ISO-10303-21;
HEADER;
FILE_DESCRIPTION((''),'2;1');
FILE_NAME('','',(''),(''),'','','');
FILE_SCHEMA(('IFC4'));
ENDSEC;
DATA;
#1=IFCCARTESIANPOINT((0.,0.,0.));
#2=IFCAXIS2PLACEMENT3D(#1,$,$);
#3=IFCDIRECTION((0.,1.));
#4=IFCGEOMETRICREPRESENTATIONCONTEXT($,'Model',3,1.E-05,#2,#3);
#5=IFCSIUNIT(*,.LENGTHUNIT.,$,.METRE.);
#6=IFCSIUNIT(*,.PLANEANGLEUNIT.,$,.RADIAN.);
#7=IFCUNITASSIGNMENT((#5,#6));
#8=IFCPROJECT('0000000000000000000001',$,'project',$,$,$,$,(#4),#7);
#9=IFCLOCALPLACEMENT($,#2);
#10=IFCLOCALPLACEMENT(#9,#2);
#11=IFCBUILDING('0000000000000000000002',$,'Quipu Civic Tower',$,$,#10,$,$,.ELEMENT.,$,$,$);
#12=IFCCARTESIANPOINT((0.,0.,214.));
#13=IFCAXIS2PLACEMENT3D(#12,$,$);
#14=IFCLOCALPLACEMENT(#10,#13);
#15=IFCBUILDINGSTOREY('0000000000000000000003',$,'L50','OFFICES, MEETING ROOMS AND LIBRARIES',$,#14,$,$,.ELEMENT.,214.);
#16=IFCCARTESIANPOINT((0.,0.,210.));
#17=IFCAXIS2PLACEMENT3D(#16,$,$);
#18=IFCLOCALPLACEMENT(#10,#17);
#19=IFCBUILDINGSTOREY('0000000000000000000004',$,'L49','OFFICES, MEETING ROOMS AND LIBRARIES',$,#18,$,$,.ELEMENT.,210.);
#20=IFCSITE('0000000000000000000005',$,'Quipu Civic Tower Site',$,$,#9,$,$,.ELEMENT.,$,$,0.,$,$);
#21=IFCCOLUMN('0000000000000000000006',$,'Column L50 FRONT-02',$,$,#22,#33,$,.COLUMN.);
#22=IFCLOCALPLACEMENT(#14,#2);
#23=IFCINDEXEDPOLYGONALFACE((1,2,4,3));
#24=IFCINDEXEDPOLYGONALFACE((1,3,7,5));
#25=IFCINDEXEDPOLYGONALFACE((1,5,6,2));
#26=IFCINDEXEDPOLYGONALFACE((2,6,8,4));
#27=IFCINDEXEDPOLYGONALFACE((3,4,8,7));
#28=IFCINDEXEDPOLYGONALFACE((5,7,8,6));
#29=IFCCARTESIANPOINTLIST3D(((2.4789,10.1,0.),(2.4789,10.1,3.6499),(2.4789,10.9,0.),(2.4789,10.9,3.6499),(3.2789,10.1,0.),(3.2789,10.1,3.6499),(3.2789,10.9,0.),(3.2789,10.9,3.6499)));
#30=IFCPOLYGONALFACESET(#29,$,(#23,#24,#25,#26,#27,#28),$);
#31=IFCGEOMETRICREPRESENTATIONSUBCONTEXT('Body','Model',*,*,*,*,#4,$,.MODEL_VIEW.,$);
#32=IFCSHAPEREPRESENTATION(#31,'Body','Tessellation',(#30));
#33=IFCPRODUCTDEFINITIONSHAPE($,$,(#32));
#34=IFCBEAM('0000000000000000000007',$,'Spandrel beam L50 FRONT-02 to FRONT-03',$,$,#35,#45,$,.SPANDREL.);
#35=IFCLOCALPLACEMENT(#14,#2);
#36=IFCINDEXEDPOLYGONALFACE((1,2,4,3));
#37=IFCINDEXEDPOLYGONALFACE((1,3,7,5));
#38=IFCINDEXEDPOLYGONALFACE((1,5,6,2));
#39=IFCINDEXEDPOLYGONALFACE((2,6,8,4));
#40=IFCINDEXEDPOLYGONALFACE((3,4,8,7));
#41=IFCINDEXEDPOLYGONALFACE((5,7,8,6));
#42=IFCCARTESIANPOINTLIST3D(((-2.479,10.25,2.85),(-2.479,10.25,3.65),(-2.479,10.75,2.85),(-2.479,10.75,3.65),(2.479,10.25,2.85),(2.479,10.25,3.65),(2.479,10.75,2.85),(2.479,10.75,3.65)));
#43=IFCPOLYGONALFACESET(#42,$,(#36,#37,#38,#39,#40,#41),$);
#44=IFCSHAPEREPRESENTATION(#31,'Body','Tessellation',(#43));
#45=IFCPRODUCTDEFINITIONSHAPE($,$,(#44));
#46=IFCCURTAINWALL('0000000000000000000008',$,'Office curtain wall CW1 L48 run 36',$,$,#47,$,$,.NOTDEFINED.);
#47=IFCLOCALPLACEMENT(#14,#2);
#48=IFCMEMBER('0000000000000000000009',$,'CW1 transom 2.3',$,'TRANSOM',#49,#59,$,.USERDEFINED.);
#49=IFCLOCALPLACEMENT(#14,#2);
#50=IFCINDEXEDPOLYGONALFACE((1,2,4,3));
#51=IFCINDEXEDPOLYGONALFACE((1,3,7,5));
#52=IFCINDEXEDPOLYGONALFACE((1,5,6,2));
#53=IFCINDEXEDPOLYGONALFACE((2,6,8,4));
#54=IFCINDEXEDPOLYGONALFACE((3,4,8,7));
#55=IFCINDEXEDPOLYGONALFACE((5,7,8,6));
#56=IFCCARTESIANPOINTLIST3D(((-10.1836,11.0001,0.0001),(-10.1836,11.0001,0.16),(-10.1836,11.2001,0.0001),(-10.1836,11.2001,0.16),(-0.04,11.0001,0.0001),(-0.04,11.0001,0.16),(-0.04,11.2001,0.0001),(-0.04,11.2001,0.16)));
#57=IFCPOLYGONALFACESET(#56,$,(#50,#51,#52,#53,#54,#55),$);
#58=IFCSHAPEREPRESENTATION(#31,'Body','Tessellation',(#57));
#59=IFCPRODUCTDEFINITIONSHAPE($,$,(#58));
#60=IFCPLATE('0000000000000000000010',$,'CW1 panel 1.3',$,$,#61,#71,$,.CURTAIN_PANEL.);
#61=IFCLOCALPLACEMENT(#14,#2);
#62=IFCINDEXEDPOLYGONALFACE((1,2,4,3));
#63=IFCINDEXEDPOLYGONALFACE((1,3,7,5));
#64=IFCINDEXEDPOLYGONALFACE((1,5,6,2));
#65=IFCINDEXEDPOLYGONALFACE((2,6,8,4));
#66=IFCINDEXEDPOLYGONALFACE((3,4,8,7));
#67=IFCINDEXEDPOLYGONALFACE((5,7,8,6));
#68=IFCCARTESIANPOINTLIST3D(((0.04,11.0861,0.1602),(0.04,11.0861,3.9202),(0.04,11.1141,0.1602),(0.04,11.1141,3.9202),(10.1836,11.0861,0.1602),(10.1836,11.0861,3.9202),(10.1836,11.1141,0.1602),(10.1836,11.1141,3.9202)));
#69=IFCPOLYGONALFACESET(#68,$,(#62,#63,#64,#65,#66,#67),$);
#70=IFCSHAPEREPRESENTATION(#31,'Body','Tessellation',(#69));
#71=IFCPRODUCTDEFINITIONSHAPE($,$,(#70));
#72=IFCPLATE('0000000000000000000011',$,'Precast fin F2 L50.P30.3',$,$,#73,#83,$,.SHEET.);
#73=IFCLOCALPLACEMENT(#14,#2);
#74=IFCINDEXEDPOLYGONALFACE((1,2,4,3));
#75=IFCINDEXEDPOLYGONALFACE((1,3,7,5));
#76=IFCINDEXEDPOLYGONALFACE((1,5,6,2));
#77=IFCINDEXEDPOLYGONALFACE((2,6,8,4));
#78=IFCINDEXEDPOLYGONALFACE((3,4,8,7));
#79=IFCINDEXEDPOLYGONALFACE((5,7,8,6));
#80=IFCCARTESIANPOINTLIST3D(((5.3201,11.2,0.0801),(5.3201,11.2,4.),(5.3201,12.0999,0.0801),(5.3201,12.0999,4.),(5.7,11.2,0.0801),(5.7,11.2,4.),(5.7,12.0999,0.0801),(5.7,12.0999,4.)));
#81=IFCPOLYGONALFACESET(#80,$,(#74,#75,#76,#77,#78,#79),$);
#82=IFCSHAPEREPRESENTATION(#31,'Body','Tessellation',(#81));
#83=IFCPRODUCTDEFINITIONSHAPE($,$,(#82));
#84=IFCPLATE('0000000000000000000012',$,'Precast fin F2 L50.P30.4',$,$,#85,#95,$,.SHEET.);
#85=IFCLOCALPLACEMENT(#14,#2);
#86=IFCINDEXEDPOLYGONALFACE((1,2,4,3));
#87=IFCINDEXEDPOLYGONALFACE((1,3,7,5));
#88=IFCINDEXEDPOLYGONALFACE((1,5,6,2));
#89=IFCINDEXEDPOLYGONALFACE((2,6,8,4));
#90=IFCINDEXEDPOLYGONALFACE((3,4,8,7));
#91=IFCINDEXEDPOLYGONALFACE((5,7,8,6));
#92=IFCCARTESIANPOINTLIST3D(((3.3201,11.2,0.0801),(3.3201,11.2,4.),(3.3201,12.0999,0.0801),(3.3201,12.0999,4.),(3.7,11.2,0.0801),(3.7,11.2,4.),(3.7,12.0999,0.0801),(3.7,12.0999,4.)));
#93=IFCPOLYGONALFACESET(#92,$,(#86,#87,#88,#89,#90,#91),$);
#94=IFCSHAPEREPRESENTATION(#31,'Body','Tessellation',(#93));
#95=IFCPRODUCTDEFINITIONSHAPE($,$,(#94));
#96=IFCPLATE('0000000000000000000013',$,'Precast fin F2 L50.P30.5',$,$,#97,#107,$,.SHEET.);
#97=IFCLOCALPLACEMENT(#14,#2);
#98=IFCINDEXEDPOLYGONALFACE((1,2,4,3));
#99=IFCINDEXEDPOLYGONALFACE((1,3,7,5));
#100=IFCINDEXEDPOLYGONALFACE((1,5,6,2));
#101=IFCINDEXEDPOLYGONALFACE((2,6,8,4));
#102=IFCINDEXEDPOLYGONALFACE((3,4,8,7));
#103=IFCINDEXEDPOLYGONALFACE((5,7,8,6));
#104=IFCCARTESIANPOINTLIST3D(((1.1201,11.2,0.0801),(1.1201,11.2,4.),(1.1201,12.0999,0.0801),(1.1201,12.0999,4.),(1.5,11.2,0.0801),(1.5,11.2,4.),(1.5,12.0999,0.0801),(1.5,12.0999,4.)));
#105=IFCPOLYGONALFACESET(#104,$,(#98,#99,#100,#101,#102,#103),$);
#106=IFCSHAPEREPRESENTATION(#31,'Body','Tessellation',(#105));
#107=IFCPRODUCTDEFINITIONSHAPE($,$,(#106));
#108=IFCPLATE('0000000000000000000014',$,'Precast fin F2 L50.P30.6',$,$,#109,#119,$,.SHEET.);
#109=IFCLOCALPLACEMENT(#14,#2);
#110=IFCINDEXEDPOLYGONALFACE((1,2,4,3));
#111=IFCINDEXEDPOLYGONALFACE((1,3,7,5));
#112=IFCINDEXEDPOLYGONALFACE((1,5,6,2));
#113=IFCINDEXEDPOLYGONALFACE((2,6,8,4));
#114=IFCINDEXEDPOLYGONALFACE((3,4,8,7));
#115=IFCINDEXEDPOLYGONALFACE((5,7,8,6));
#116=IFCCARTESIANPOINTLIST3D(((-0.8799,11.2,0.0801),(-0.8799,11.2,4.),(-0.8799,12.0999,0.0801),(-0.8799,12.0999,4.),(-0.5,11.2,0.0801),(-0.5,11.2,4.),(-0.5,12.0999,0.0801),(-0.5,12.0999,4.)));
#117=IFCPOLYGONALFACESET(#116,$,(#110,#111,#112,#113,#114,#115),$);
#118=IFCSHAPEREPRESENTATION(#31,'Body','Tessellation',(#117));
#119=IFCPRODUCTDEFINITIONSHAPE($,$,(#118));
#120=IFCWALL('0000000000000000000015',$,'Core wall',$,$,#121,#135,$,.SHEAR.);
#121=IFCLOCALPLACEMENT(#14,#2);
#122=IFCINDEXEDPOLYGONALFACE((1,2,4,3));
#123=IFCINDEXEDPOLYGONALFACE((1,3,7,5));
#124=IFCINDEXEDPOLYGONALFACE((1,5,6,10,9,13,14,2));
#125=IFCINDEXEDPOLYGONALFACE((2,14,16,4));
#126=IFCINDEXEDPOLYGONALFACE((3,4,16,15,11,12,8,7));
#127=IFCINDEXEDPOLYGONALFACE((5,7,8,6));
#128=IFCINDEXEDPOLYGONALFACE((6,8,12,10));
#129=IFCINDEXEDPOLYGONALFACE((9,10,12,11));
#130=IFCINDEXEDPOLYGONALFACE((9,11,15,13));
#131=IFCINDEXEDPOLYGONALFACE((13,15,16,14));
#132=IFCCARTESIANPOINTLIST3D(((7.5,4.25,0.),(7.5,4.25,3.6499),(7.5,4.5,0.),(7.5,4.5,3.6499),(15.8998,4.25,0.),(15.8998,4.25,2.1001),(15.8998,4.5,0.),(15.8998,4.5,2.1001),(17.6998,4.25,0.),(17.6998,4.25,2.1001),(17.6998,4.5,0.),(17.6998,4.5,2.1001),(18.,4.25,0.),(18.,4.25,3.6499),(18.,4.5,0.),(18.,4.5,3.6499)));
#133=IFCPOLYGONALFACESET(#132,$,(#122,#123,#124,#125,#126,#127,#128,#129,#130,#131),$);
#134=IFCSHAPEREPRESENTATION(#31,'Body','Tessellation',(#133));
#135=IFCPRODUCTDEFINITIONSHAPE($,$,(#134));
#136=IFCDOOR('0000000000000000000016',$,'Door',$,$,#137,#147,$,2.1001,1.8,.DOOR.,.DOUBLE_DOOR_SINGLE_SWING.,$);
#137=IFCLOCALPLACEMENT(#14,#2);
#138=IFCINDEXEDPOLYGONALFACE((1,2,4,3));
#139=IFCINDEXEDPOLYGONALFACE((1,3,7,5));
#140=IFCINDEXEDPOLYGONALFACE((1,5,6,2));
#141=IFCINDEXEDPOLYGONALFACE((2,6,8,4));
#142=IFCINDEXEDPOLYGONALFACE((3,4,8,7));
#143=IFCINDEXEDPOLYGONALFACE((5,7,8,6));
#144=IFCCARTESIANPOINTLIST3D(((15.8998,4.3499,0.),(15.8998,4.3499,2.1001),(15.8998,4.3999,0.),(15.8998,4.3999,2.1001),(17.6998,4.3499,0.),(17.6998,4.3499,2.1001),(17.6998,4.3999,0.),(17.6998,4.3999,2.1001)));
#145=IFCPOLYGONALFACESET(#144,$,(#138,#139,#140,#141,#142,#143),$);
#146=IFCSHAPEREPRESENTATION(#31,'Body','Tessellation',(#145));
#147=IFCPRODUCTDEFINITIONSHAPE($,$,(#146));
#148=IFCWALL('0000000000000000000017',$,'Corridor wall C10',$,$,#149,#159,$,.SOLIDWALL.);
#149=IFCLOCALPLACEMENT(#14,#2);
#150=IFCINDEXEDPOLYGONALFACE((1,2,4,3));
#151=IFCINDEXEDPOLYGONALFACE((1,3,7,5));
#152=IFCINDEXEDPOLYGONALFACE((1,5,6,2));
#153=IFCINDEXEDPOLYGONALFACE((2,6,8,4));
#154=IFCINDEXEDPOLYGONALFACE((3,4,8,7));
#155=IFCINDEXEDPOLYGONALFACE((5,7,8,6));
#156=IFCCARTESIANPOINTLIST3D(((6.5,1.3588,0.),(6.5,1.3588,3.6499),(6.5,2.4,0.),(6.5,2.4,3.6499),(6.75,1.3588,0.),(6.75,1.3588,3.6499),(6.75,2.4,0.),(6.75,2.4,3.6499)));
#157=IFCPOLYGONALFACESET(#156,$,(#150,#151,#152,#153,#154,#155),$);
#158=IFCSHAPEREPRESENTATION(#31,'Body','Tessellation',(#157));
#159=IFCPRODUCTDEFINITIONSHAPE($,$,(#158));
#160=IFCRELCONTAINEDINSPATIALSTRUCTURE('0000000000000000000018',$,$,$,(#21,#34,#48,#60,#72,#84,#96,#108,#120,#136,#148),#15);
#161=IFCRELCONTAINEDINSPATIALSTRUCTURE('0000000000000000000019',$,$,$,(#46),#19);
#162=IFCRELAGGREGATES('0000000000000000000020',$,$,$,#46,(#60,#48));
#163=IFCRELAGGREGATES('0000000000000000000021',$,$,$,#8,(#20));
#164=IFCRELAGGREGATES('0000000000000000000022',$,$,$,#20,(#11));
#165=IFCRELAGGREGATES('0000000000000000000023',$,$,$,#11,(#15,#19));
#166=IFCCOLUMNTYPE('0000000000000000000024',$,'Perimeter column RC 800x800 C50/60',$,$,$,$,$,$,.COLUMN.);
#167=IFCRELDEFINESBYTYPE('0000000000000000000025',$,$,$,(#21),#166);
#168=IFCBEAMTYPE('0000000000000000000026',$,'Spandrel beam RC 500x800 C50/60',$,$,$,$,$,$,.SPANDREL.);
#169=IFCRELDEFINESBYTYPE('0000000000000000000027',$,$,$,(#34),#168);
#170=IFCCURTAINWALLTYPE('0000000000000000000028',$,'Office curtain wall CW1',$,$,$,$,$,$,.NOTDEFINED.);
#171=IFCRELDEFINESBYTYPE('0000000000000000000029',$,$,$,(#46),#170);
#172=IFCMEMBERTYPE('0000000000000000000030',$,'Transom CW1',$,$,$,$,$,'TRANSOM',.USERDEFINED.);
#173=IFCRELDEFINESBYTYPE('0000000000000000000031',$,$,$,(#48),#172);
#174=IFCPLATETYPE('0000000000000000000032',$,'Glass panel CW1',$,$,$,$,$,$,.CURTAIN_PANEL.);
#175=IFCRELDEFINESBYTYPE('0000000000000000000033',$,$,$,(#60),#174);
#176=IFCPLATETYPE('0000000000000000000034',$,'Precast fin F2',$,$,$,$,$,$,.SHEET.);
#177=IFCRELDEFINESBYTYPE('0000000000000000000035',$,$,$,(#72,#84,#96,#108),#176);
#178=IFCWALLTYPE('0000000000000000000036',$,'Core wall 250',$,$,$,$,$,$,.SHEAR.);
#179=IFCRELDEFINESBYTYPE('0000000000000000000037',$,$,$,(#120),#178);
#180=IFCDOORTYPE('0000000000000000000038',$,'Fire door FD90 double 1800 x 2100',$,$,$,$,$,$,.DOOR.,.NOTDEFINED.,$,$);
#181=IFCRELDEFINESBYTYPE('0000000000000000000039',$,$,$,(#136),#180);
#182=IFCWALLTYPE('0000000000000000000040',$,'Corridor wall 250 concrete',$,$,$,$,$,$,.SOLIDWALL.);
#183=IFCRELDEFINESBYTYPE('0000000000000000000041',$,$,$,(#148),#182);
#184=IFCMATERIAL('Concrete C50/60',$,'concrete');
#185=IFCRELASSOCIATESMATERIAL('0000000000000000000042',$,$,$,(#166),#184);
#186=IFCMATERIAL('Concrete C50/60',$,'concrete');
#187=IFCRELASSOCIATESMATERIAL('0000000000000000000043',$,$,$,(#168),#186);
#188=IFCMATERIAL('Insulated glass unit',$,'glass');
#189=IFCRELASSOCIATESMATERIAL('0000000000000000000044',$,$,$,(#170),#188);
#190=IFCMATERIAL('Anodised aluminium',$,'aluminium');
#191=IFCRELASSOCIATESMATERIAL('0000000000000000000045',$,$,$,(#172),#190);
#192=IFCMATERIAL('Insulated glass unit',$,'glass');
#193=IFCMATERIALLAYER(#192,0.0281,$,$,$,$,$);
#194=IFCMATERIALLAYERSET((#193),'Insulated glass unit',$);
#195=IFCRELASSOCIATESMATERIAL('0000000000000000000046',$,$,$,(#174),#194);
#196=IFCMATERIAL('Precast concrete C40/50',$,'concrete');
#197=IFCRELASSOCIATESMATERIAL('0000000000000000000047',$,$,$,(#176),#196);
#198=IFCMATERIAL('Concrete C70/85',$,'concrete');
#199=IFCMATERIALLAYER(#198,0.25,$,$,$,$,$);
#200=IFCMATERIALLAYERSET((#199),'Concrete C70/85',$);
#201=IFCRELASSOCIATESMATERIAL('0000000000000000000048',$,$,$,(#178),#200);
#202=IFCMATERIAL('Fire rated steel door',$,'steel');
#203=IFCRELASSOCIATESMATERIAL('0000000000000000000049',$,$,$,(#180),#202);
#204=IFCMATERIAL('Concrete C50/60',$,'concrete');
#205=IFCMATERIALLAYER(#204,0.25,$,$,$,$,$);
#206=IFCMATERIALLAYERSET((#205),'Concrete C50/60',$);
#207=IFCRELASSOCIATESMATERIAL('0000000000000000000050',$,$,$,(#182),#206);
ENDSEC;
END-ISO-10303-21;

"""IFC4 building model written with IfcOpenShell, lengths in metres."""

from ifc_helpers import new_model, si_unit, direction, frame, frame_2d, origin, origin_2d, place, context, subcontext, project, spatial, rectangle, extrude, material, layer, layer_set, material_profile, profile_set, type_object, element, fill, aggregate, save


model = new_model("IFC4")

# Units and contexts
model_context = context("Model", 3, precision=1e-05, world=origin(), true_north=direction((0.0, 1.0)))
body_context = subcontext(model_context, "Body", "Model", "MODEL_VIEW")
ifc_project = project(units=[si_unit("LENGTHUNIT", "METRE"), si_unit("PLANEANGLEUNIT", "RADIAN")], contexts=[model_context])

# Site, building, storey
site_placement = place(None, origin())
site = spatial("IfcSite", under=ifc_project, at=site_placement, Name="Quipu Civic Tower Site", CompositionType="ELEMENT", RefElevation=0.0)
building_placement = place(site_placement, origin())
building = spatial("IfcBuilding", under=site, at=building_placement, Name="Quipu Civic Tower", CompositionType="ELEMENT")
storey_1_placement = place(building_placement, frame((0.0, 0.0, 214.0)))
storey_1 = spatial("IfcBuildingStorey", under=building, at=storey_1_placement, Name="L50", Description="OFFICES, MEETING ROOMS AND LIBRARIES", CompositionType="ELEMENT", Elevation=214.0)

# Column
ifc_material_1 = material(Name="Concrete C50/60", Category="concrete")
ifc_material_profile_1 = material_profile(ifc_material_1, rectangle(XDim=0.8, YDim=0.8, at=origin_2d()), Name="RC800x800")
ifc_profile_set_1 = profile_set([ifc_material_profile_1], Name="Concrete C50/60")
column_type = type_object("IfcColumnType", Name="Perimeter column RC 800x800 C50/60", PredefinedType="COLUMN", material=ifc_profile_set_1)
column_placement = place(storey_1_placement, frame((2.8789, 10.5, 0.0), z_axis=(0.0, 0.0, 1.0), x_axis=(-1.0, 0.0, 0.0)))
element("IfcColumn", 1, at=column_placement, inside=storey_1, type_object=column_type, Name="Column L50 FRONT-02", PredefinedType="COLUMN", context=body_context, shape_type="SweptSolid", body=[
    extrude(rectangle(XDim=0.8, YDim=0.8, at=origin_2d()), origin(), (0.0, 0.0, 1.0), 3.6499),
])

# Beam
ifc_material_2 = material(Name="Concrete C50/60", Category="concrete")
ifc_material_profile_2 = material_profile(ifc_material_2, rectangle(XDim=0.5, YDim=0.8, at=origin_2d()), Name="RC500x800")
ifc_profile_set_2 = profile_set([ifc_material_profile_2], Name="Concrete C50/60")
beam_type = type_object("IfcBeamType", Name="Spandrel beam RC 500x800 C50/60", PredefinedType="SPANDREL", material=ifc_profile_set_2)
beam_placement = place(storey_1_placement, frame((2.479, 10.5, 3.25), z_axis=(-1.0, 0.0, 0.0), x_axis=(0.0, -1.0, 0.0)))
element("IfcBeam", 2, at=beam_placement, inside=storey_1, type_object=beam_type, Name="Spandrel beam L50 FRONT-02 to FRONT-03", PredefinedType="SPANDREL", context=body_context, shape_type="SweptSolid", body=[
    extrude(rectangle(XDim=0.5, YDim=0.8, at=origin_2d()), origin(), (0.0, 0.0, 1.0), 4.958),
])

# Shared definitions
storey_2_placement = place(building_placement, frame((0.0, 0.0, 210.0)))
storey_2 = spatial("IfcBuildingStorey", under=building, at=storey_2_placement, Name="L49", Description="OFFICES, MEETING ROOMS AND LIBRARIES", CompositionType="ELEMENT", Elevation=210.0)

# Curtain wall, member, plate
ifc_material_3 = material(Name="Insulated glass unit", Category="glass")
curtain_wall_type = type_object("IfcCurtainWallType", Name="Office curtain wall CW1", PredefinedType="NOTDEFINED", material=ifc_material_3)
curtain_wall_placement = place(storey_2_placement, origin())
curtain_wall = element("IfcCurtainWall", 3, at=curtain_wall_placement, inside=storey_2, type_object=curtain_wall_type, Name="Office curtain wall CW1 L48 run 36", PredefinedType="NOTDEFINED")
ifc_material_4 = material(Name="Anodised aluminium", Category="aluminium")
ifc_material_profile_3 = material_profile(ifc_material_4, rectangle(XDim=0.2, YDim=0.1599, at=origin_2d()), Name="RECT 200x160")
ifc_profile_set_3 = profile_set([ifc_material_profile_3], Name="Anodised aluminium")
member_type = type_object("IfcMemberType", Name="Transom CW1", ElementType="TRANSOM", PredefinedType="USERDEFINED", material=ifc_profile_set_3)
member_placement = place(storey_1_placement, frame((-0.04, 11.1001, 0.0801), z_axis=(-1.0, 0.0, 0.0), x_axis=(0.0, -1.0, 0.0)))
member = element("IfcMember", 4, at=member_placement, inside=storey_1, type_object=member_type, Name="CW1 transom 2.3", ObjectType="TRANSOM", PredefinedType="USERDEFINED", context=body_context, shape_type="SweptSolid", body=[
    extrude(rectangle(XDim=0.2, YDim=0.1599, at=origin_2d()), origin(), (0.0, 0.0, 1.0), 10.1436),
])
ifc_material_5 = material(Name="Insulated glass unit", Category="glass")
ifc_layer_1 = layer(ifc_material_5, 0.0281)
ifc_layer_set_1 = layer_set([ifc_layer_1], Name="Insulated glass unit")
plate_type_1 = type_object("IfcPlateType", Name="Glass panel CW1", PredefinedType="CURTAIN_PANEL", material=ifc_layer_set_1)
plate_placement = place(storey_1_placement, frame((5.1118, 11.1001, 0.1602), z_axis=(0.0, 0.0, 1.0), x_axis=(-1.0, 0.0, 0.0)))
plate = element("IfcPlate", 5, at=plate_placement, inside=storey_1, type_object=plate_type_1, Name="CW1 panel 1.3", PredefinedType="CURTAIN_PANEL", context=body_context, shape_type="SweptSolid", body=[
    extrude(rectangle(XDim=10.1436, YDim=0.0281, at=origin_2d()), origin(), (0.0, 0.0, 1.0), 3.76),
])
aggregate(curtain_wall, [plate, member])

# Plates
ifc_material_6 = material(Name="Precast concrete C40/50", Category="concrete")
plate_type_2 = type_object("IfcPlateType", Name="Precast fin F2", PredefinedType="SHEET", material=ifc_material_6)
for number, where, z_axis, x_axis, name in (
    (6, (5.51, 11.6499, 0.0801), (0.0, 0.0, 1.0), (-1.0, 0.0, 0.0), "Precast fin F2 L50.P30.3"),
    (7, (3.51, 11.6499, 0.0801), (0.0, 0.0, 1.0), (-1.0, 0.0, 0.0), "Precast fin F2 L50.P30.4"),
    (8, (1.3101, 11.6499, 0.0801), (0.0, 0.0, 1.0), (-1.0, 0.0, 0.0), "Precast fin F2 L50.P30.5"),
    (9, (-0.6899, 11.6499, 0.0801), (0.0, 0.0, 1.0), (-1.0, 0.0, 0.0), "Precast fin F2 L50.P30.6"),
):
    element("IfcPlate", number, at=place(storey_1_placement, frame(where, z_axis=z_axis, x_axis=x_axis)), inside=storey_1, type_object=plate_type_2, Name=name, PredefinedType="SHEET", context=body_context, shape_type="SweptSolid", body=[
        extrude(rectangle(XDim=0.3799, YDim=0.8999, at=origin_2d()), origin(), (0.0, 0.0, 1.0), 3.9199),
    ])

# Wall, opening, door
ifc_material_7 = material(Name="Concrete C70/85", Category="concrete")
ifc_layer_2 = layer(ifc_material_7, 0.25)
ifc_layer_set_2 = layer_set([ifc_layer_2], Name="Concrete C70/85")
wall_type_1 = type_object("IfcWallType", Name="Core wall 250", PredefinedType="SHEAR", material=ifc_layer_set_2)
wall_1_placement = place(storey_1_placement, frame((7.5, 4.375, 0.0), z_axis=(0.0, 0.0, 1.0), x_axis=(1.0, 0.0, 0.0)))
wall_1 = element("IfcWall", 10, at=wall_1_placement, inside=storey_1, type_object=wall_type_1, Name="Core wall", PredefinedType="SHEAR", context=body_context, shape_type="SweptSolid", body=[
    extrude(rectangle(XDim=10.5, YDim=0.25, at=frame_2d((5.25, 0.0))), origin(), (0.0, 0.0, 1.0), 3.6499),
])
opening_1_placement = place(wall_1_placement, frame((8.3999, 0.0, 0.0)))
opening_1 = element("IfcOpeningElement", 11, at=opening_1_placement, cuts=wall_1, PredefinedType="OPENING", context=body_context, shape_type="SweptSolid", body=[
    extrude(rectangle(XDim=1.8, YDim=2.1001, at=frame_2d((0.8999, 1.05))), frame((0.0, 0.135, 0.0), z_axis=(0.0, -1.0, 0.0), x_axis=(1.0, 0.0, 0.0)), (0.0, 0.0, 1.0), 0.27),
])
ifc_material_8 = material(Name="Fire rated steel door", Category="steel")
door_type_1 = type_object("IfcDoorType", Name="Fire door FD90 double 1800 x 2100", OperationType="NOTDEFINED", PredefinedType="DOOR", material=ifc_material_8)
door_1_placement = place(opening_1_placement, origin())
door_1 = element("IfcDoor", 12, at=door_1_placement, inside=storey_1, type_object=door_type_1, Name="Door", OperationType="DOUBLE_DOOR_SINGLE_SWING", OverallHeight=2.1001, OverallWidth=1.8, PredefinedType="DOOR", context=body_context, shape_type="SweptSolid", body=[
    extrude(rectangle(XDim=1.8, YDim=2.1001, at=frame_2d((0.8999, 1.05))), frame((0.0, 0.0249, 0.0), z_axis=(0.0, -1.0, 0.0), x_axis=(1.0, 0.0, 0.0)), (0.0, 0.0, 1.0), 0.05),
])
fill(opening_1, door_1)

# Wall
ifc_material_9 = material(Name="Concrete C50/60", Category="concrete")
ifc_layer_3 = layer(ifc_material_9, 0.25)
ifc_layer_set_3 = layer_set([ifc_layer_3], Name="Concrete C50/60")
wall_type_2 = type_object("IfcWallType", Name="Corridor wall 250 concrete", PredefinedType="SOLIDWALL", material=ifc_layer_set_3)
wall_2_placement = place(storey_1_placement, frame((6.625, 2.3999, 0.0), z_axis=(0.0, 0.0, 1.0), x_axis=(0.0, -1.0, 0.0)))
element("IfcWall", 13, at=wall_2_placement, inside=storey_1, type_object=wall_type_2, Name="Corridor wall C10", PredefinedType="SOLIDWALL", context=body_context, shape_type="SweptSolid", body=[
    extrude(rectangle(XDim=1.0413, YDim=0.25, at=frame_2d((0.5205, 0.0))), origin(), (0.0, 0.0, 1.0), 3.6499),
])

save(model, "model.ifc")
